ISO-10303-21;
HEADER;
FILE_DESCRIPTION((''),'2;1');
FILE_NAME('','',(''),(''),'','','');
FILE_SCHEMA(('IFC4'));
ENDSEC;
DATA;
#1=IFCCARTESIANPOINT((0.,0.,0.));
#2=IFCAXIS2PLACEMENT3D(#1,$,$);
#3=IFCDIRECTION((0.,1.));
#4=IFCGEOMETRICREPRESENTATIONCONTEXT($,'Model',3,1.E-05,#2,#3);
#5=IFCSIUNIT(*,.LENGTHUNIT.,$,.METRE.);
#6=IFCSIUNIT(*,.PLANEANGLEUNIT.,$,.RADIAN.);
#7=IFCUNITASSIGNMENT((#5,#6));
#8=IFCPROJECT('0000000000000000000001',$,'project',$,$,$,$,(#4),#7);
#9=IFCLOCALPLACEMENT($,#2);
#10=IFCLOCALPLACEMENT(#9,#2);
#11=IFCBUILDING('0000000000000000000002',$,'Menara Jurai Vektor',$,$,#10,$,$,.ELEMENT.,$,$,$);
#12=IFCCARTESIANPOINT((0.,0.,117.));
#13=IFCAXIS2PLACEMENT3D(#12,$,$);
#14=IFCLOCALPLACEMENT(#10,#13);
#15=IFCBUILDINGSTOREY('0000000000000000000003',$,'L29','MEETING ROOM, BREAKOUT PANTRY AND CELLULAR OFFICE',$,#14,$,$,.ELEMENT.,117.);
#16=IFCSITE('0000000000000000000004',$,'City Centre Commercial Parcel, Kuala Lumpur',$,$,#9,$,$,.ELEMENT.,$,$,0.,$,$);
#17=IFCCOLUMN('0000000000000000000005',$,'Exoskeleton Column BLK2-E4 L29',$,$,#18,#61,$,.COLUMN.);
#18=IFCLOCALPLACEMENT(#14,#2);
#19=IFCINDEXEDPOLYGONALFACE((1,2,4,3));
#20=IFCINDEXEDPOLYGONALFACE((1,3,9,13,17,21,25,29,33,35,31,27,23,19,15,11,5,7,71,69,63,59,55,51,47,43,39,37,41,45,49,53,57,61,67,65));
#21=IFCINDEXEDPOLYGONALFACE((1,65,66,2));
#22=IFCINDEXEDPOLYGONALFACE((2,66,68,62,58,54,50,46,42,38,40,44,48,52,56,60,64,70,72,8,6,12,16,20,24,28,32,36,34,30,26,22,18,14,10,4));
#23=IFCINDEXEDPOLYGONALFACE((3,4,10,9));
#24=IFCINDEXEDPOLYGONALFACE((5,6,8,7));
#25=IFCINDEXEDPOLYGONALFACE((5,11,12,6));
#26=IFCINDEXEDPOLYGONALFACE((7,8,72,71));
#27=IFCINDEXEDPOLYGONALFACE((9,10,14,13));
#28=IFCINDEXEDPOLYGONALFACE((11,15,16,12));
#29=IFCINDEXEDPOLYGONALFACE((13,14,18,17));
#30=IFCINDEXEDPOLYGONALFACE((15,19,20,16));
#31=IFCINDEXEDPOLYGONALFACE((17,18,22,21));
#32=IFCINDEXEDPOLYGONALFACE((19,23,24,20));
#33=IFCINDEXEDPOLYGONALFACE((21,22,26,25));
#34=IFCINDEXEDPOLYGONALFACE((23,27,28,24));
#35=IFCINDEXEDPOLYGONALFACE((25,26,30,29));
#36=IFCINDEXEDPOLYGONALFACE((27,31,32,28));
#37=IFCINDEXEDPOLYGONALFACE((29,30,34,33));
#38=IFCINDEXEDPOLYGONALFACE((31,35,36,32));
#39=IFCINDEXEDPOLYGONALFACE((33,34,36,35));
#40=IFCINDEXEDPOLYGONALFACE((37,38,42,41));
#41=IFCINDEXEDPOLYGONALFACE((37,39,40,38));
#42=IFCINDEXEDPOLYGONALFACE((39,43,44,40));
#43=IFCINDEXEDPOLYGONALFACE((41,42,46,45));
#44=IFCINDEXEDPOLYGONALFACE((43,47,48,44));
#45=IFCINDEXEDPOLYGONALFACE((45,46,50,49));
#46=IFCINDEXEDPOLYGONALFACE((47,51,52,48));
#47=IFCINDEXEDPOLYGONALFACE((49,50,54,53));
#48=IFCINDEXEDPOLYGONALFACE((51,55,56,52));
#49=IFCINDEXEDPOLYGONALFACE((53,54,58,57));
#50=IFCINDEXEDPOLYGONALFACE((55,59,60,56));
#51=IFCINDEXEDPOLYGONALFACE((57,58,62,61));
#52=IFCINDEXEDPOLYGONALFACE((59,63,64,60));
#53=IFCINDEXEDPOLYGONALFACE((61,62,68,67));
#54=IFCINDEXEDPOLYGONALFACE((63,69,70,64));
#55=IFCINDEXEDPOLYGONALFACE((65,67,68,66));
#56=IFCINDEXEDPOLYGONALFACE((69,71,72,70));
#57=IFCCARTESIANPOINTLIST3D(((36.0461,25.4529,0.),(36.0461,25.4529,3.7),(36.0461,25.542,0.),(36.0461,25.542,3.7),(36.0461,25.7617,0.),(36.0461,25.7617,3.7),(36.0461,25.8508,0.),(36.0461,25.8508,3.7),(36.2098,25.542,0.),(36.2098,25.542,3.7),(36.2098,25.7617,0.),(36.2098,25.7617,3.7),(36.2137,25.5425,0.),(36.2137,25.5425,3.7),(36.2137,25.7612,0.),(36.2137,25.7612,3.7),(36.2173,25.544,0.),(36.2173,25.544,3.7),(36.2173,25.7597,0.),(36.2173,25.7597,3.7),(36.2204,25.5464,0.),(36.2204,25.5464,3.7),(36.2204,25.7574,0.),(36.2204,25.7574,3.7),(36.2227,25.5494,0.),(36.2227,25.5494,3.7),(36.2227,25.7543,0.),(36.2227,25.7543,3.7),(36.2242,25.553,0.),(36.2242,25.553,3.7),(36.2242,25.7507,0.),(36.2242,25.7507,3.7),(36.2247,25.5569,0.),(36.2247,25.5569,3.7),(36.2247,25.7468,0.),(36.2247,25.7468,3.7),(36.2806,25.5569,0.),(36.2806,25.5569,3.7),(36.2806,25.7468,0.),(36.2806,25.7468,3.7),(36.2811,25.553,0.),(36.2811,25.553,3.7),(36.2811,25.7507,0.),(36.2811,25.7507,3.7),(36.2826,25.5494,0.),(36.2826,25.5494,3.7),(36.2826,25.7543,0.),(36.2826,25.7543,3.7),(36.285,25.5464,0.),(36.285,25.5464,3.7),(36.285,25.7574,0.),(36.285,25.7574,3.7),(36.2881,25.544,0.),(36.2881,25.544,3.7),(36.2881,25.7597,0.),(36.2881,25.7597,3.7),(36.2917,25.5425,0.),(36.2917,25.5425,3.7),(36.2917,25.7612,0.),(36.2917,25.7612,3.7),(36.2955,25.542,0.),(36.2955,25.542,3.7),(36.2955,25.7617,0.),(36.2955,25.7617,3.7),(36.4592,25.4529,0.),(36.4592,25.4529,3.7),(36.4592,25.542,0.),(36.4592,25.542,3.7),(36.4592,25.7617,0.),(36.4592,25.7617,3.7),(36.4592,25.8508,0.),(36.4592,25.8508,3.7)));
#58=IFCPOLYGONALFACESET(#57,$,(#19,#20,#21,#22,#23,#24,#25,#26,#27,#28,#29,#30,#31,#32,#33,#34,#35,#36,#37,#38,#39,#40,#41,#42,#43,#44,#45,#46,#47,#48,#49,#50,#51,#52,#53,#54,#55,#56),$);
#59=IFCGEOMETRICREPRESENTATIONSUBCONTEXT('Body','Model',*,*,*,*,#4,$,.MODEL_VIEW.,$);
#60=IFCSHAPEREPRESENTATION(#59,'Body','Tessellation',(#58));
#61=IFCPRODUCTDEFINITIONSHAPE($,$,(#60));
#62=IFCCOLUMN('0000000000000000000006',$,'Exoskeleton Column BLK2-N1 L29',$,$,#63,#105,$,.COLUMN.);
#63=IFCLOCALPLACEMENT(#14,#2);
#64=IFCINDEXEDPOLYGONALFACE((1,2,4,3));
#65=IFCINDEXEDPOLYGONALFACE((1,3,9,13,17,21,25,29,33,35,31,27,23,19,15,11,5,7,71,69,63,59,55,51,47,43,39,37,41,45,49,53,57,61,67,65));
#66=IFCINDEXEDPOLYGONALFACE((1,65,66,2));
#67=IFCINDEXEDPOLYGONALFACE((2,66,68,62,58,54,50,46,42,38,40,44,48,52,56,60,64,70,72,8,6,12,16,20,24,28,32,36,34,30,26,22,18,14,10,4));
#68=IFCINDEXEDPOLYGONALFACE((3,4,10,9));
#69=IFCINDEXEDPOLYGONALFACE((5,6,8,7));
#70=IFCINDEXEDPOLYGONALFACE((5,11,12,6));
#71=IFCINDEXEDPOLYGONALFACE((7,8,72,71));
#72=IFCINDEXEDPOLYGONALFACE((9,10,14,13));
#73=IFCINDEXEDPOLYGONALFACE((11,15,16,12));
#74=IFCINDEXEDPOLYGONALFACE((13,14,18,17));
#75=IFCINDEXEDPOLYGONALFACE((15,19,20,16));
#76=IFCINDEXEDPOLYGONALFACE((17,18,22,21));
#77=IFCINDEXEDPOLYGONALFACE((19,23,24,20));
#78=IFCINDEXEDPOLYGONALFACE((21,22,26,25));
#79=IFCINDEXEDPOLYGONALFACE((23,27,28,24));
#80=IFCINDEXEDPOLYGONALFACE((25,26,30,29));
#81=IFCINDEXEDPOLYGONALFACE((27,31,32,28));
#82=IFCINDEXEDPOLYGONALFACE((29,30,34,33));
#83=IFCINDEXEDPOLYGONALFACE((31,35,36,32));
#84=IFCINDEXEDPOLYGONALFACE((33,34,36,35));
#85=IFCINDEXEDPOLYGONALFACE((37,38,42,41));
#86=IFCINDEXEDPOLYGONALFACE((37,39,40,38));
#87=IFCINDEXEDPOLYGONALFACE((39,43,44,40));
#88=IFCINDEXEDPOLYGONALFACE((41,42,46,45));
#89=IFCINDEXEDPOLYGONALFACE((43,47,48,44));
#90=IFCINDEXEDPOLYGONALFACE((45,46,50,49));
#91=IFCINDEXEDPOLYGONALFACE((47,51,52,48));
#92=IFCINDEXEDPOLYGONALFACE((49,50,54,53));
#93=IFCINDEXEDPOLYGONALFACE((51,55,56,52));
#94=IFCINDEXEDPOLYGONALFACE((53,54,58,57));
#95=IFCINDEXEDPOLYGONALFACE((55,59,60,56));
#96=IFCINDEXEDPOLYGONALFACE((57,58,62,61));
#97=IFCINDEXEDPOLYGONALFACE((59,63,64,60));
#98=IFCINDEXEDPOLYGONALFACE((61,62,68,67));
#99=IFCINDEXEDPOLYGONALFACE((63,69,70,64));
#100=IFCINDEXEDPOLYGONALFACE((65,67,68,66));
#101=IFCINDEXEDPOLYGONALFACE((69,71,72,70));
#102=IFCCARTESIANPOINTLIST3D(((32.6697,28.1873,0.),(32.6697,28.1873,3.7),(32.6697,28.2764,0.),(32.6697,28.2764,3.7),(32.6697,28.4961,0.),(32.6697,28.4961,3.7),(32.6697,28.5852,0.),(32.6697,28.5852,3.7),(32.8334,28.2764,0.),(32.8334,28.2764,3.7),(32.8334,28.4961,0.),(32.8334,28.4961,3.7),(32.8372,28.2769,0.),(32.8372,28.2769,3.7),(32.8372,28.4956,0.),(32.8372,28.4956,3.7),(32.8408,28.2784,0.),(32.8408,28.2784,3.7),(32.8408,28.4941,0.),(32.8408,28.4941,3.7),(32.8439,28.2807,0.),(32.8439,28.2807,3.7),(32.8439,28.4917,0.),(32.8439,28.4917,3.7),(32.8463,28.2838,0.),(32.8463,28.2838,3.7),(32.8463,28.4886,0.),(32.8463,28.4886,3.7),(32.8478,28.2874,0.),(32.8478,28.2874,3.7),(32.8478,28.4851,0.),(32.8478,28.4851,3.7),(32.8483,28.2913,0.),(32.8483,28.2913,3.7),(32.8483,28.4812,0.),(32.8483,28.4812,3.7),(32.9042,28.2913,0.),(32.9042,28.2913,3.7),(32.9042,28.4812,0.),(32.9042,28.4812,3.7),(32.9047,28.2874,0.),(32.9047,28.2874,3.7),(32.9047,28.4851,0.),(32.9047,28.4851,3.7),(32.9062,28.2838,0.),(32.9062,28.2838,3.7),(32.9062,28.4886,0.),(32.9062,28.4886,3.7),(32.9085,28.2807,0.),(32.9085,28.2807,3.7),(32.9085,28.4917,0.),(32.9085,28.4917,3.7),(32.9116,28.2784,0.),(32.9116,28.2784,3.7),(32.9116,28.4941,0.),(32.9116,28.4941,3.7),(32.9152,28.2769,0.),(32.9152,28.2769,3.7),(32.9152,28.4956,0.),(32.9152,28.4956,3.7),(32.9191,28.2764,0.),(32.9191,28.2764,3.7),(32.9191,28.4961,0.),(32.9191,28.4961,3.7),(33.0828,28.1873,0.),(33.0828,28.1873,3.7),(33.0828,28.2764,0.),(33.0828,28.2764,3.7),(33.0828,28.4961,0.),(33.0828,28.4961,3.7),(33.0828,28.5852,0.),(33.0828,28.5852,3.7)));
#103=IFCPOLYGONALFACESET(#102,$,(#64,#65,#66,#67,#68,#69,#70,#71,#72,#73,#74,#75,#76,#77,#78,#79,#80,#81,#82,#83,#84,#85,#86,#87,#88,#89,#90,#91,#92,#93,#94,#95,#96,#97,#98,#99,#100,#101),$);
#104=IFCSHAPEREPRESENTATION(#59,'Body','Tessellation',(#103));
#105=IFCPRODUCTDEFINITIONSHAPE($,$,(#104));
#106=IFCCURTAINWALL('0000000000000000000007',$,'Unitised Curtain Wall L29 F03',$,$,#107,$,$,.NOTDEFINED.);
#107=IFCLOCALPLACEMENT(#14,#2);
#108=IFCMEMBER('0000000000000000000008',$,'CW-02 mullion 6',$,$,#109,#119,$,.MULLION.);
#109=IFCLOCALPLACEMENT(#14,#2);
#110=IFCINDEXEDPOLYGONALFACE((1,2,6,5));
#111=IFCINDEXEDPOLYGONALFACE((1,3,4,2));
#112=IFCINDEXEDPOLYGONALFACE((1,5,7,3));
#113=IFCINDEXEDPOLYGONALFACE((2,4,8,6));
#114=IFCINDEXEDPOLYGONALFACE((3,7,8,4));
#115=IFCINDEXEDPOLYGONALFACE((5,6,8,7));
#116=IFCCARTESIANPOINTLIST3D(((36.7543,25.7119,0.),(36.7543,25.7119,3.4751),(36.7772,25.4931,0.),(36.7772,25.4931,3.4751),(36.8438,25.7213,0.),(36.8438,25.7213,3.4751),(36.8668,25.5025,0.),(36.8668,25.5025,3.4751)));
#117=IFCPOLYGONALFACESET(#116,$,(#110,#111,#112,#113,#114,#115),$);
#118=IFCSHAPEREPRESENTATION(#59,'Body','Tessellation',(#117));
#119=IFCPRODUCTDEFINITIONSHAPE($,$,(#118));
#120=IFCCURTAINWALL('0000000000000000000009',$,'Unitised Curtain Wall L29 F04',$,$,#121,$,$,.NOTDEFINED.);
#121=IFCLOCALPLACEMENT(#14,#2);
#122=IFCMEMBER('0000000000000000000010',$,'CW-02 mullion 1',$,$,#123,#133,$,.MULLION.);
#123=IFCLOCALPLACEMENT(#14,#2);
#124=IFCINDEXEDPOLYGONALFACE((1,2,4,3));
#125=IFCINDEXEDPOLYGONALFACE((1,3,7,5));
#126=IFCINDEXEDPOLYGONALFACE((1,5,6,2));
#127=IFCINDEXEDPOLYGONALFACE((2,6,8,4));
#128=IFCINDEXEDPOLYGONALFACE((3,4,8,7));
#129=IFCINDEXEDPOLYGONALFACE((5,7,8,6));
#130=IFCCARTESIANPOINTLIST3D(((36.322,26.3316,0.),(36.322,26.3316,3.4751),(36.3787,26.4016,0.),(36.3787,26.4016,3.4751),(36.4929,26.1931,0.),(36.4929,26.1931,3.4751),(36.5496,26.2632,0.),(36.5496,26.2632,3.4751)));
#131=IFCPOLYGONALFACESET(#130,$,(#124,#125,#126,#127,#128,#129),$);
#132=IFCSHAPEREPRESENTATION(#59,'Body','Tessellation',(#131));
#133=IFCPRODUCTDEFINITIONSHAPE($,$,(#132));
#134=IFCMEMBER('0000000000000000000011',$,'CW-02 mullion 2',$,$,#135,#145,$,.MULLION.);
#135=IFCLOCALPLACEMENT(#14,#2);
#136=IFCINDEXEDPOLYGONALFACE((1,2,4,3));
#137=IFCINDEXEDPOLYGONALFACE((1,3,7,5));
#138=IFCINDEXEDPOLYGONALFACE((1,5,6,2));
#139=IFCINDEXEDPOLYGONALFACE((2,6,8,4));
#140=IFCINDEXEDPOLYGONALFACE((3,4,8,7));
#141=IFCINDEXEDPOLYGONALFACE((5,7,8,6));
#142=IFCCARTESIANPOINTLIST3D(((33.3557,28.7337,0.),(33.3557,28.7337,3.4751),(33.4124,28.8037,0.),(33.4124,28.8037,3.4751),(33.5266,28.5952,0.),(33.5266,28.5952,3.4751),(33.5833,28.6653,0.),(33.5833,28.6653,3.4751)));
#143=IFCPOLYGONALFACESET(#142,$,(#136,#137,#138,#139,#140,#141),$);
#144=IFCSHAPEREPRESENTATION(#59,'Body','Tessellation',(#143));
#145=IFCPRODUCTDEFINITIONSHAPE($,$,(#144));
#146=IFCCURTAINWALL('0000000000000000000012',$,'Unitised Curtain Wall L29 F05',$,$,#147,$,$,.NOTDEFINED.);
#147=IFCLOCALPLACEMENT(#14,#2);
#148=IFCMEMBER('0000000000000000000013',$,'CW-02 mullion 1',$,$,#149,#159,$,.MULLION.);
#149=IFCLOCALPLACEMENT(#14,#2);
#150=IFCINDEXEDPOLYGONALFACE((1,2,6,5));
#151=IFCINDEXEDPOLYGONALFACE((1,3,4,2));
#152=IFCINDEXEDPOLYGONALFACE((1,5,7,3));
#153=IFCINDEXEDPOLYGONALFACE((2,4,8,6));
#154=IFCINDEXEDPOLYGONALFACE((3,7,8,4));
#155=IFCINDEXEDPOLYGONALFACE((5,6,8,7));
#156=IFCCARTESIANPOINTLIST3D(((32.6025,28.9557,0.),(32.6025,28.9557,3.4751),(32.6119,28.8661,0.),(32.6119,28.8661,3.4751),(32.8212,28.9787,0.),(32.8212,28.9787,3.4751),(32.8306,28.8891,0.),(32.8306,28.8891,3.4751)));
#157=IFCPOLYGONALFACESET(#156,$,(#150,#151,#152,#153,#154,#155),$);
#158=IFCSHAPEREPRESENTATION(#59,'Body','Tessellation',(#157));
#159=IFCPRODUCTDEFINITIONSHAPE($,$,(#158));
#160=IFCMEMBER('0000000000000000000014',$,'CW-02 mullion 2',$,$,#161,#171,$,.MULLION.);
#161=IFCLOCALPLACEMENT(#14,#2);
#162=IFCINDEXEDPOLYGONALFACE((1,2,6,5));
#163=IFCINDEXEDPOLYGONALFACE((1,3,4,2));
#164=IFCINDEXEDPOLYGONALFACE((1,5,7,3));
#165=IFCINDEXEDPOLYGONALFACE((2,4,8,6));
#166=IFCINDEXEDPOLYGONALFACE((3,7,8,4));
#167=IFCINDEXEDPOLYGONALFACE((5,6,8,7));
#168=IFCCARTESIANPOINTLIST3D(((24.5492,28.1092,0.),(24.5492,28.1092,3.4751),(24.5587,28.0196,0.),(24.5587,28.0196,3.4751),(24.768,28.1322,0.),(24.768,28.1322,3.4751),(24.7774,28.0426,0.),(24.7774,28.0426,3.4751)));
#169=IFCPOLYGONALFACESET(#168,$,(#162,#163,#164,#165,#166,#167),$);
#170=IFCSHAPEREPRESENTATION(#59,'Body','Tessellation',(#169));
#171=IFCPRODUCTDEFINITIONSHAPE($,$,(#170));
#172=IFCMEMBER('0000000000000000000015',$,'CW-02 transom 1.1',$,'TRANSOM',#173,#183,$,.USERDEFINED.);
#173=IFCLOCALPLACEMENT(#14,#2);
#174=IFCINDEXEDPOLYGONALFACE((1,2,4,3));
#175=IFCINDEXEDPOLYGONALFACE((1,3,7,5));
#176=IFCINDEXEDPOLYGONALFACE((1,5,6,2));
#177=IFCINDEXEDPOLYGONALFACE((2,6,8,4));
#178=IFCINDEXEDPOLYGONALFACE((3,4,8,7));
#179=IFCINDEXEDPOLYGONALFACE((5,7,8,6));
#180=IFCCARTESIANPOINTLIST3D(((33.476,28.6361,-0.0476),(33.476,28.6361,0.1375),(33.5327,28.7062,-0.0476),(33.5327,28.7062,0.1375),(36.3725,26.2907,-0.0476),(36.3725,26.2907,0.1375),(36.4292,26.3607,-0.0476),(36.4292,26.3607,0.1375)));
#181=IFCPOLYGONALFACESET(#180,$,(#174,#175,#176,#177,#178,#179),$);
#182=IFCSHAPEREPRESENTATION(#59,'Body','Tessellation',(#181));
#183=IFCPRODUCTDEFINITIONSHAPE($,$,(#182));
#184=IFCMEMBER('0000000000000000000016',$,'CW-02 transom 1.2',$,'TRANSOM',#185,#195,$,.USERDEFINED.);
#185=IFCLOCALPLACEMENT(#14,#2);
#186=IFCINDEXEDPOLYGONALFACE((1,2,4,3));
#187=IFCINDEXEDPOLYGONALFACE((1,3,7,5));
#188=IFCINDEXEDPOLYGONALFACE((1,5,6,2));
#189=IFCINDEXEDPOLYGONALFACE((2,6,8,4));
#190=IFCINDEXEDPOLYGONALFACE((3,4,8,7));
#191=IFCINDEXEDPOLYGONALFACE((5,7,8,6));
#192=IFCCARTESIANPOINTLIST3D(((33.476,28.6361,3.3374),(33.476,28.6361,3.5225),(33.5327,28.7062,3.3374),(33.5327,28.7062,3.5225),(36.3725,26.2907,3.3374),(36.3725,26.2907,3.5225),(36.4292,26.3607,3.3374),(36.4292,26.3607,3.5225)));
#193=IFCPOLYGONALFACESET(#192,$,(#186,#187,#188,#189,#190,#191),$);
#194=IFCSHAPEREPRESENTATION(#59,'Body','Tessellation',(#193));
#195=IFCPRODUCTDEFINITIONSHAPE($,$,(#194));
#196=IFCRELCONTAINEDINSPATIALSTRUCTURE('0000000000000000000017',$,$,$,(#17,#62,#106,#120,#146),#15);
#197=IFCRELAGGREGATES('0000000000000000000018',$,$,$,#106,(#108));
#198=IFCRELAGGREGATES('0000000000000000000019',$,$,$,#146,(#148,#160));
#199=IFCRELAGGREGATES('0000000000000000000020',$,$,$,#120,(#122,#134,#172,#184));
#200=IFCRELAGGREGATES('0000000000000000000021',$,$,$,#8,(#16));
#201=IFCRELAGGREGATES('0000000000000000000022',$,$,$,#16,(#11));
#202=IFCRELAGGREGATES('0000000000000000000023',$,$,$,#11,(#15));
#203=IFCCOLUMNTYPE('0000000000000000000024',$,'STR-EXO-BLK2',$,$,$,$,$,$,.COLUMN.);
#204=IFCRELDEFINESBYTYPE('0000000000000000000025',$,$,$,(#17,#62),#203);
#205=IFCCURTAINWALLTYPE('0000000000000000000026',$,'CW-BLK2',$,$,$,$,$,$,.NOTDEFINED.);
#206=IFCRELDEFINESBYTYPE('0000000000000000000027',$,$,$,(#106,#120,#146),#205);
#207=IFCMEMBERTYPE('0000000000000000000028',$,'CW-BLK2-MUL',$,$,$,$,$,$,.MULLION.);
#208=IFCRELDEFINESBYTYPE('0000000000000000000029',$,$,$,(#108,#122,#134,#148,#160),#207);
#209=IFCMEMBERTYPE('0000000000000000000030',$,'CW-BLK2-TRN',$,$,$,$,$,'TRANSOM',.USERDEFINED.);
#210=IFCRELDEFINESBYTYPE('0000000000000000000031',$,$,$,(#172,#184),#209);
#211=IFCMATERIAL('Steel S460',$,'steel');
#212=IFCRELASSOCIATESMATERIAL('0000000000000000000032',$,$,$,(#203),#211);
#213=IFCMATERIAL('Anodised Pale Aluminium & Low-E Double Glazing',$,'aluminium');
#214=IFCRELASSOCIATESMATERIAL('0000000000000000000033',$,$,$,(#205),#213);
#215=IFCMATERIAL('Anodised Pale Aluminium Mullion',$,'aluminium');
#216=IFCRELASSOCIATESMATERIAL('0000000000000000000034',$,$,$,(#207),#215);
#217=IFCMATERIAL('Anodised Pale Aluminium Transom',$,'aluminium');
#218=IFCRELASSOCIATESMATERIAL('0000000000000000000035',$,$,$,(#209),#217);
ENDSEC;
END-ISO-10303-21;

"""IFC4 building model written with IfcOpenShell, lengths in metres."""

from ifc_helpers import new_model, si_unit, direction, frame, origin, origin_2d, place, context, subcontext, project, spatial, rectangle, i_section, extrude, material, material_profile, profile_set, type_object, element, aggregate, save


model = new_model("IFC4")

# Units and contexts
model_context = context("Model", 3, precision=1e-05, world=origin(), true_north=direction((0.0, 1.0)))
body_context = subcontext(model_context, "Body", "Model", "MODEL_VIEW")
ifc_project = project(units=[si_unit("LENGTHUNIT", "METRE"), si_unit("PLANEANGLEUNIT", "RADIAN")], contexts=[model_context])

# Site, building, storey
site_placement = place(None, origin())
site = spatial("IfcSite", under=ifc_project, at=site_placement, Name="City Centre Commercial Parcel, Kuala Lumpur", CompositionType="ELEMENT", RefElevation=0.0)
building_placement = place(site_placement, origin())
building = spatial("IfcBuilding", under=site, at=building_placement, Name="Menara Jurai Vektor", CompositionType="ELEMENT")
storey_placement = place(building_placement, frame((0.0, 0.0, 117.0)))
storey = spatial("IfcBuildingStorey", under=building, at=storey_placement, Name="L29", Description="MEETING ROOM, BREAKOUT PANTRY AND CELLULAR OFFICE", CompositionType="ELEMENT", Elevation=117.0)

# Columns
ifc_material_1 = material(Name="Steel S460", Category="steel")
ifc_material_profile_1 = material_profile(ifc_material_1, i_section(OverallWidth=0.4131, OverallDepth=0.3979, WebThickness=0.0559, FlangeThickness=0.0891, FilletRadius=0.0149, at=origin_2d()), Name="HD 400x744")
ifc_profile_set_1 = profile_set([ifc_material_profile_1], Name="Steel S460")
column_type = type_object("IfcColumnType", Name="STR-EXO-BLK2", PredefinedType="COLUMN", material=ifc_profile_set_1)
for number, where, z_axis, x_axis, name in (
    (1, (36.2527, 25.6519, 0.0), (0.0, 0.0, 1.0), (1.0, 0.0, 0.0), "Exoskeleton Column BLK2-E4 L29"),
    (2, (32.8762, 28.3862, 0.0), (0.0, 0.0, 1.0), (1.0, 0.0, 0.0), "Exoskeleton Column BLK2-N1 L29"),
):
    element("IfcColumn", number, at=place(storey_placement, frame(where, z_axis=z_axis, x_axis=x_axis)), inside=storey, type_object=column_type, Name=name, PredefinedType="COLUMN", context=body_context, shape_type="SweptSolid", body=[
        extrude(i_section(OverallWidth=0.4131, OverallDepth=0.3979, WebThickness=0.0559, FlangeThickness=0.0891, FilletRadius=0.0149, at=origin_2d()), origin(), (0.0, 0.0, 1.0), 3.7),
    ])

# Curtain wall, member
ifc_material_2 = material(Name="Anodised Pale Aluminium & Low-E Double Glazing", Category="aluminium")
curtain_wall_type = type_object("IfcCurtainWallType", Name="CW-BLK2", PredefinedType="NOTDEFINED", material=ifc_material_2)
curtain_wall_1_placement = place(storey_placement, origin())
curtain_wall_1 = element("IfcCurtainWall", 3, at=curtain_wall_1_placement, inside=storey, type_object=curtain_wall_type, Name="Unitised Curtain Wall L29 F03", PredefinedType="NOTDEFINED")
ifc_material_3 = material(Name="Anodised Pale Aluminium Mullion", Category="aluminium")
ifc_material_profile_2 = material_profile(ifc_material_3, rectangle(XDim=0.0901, YDim=0.22, at=origin_2d()), Name="ALU MUL 90x220")
ifc_profile_set_2 = profile_set([ifc_material_profile_2], Name="Anodised Pale Aluminium Mullion")
member_type_1 = type_object("IfcMemberType", Name="CW-BLK2-MUL", PredefinedType="MULLION", material=ifc_profile_set_2)
member_1_placement = place(storey_placement, frame((36.8105, 25.6072, 0.0), z_axis=(0.0, 0.0, 1.0), x_axis=(-0.994522, -0.10453, 0.0)))
member_1 = element("IfcMember", 4, at=member_1_placement, type_object=member_type_1, Name="CW-02 mullion 6", PredefinedType="MULLION", context=body_context, shape_type="SweptSolid", body=[
    extrude(rectangle(XDim=0.0901, YDim=0.22, at=origin_2d()), origin(), (0.0, 0.0, 1.0), 3.4751),
])
aggregate(curtain_wall_1, [member_1])

# Curtain walls, members
curtain_wall_2_placement = place(storey_placement, origin())
curtain_wall_2 = element("IfcCurtainWall", 5, at=curtain_wall_2_placement, inside=storey, type_object=curtain_wall_type, Name="Unitised Curtain Wall L29 F04", PredefinedType="NOTDEFINED")
member_2_placement = place(storey_placement, frame((36.4358, 26.2974, 0.0), z_axis=(0.0, 0.0, 1.0), x_axis=(-0.629313, -0.777152, 0.0)))
member_2 = element("IfcMember", 6, at=member_2_placement, type_object=member_type_1, Name="CW-02 mullion 1", PredefinedType="MULLION", context=body_context, shape_type="SweptSolid", body=[
    extrude(rectangle(XDim=0.0901, YDim=0.22, at=origin_2d()), origin(), (0.0, 0.0, 1.0), 3.4751),
])
member_3_placement = place(storey_placement, frame((33.4695, 28.6995, 0.0), z_axis=(0.0, 0.0, 1.0), x_axis=(-0.629313, -0.777152, 0.0)))
member_3 = element("IfcMember", 7, at=member_3_placement, type_object=member_type_1, Name="CW-02 mullion 2", PredefinedType="MULLION", context=body_context, shape_type="SweptSolid", body=[
    extrude(rectangle(XDim=0.0901, YDim=0.22, at=origin_2d()), origin(), (0.0, 0.0, 1.0), 3.4751),
])
curtain_wall_3_placement = place(storey_placement, origin())
curtain_wall_3 = element("IfcCurtainWall", 8, at=curtain_wall_3_placement, inside=storey, type_object=curtain_wall_type, Name="Unitised Curtain Wall L29 F05", PredefinedType="NOTDEFINED")
member_4_placement = place(storey_placement, frame((32.7166, 28.9224, 0.0), z_axis=(0.0, 0.0, 1.0), x_axis=(0.104529, -0.994522, 0.0)))
member_4 = element("IfcMember", 9, at=member_4_placement, type_object=member_type_1, Name="CW-02 mullion 1", PredefinedType="MULLION", context=body_context, shape_type="SweptSolid", body=[
    extrude(rectangle(XDim=0.0901, YDim=0.22, at=origin_2d()), origin(), (0.0, 0.0, 1.0), 3.4751),
])
member_5_placement = place(storey_placement, frame((24.6633, 28.0759, 0.0), z_axis=(0.0, 0.0, 1.0), x_axis=(0.104529, -0.994522, 0.0)))
member_5 = element("IfcMember", 10, at=member_5_placement, type_object=member_type_1, Name="CW-02 mullion 2", PredefinedType="MULLION", context=body_context, shape_type="SweptSolid", body=[
    extrude(rectangle(XDim=0.0901, YDim=0.22, at=origin_2d()), origin(), (0.0, 0.0, 1.0), 3.4751),
])

# Members
ifc_material_4 = material(Name="Anodised Pale Aluminium Transom", Category="aluminium")
ifc_material_profile_3 = material_profile(ifc_material_4, rectangle(XDim=0.0901, YDim=0.1851, at=origin_2d()), Name="ALU TRN 90x185")
ifc_profile_set_3 = profile_set([ifc_material_profile_3], Name="Anodised Pale Aluminium Transom")
member_type_2 = type_object("IfcMemberType", Name="CW-BLK2-TRN", ElementType="TRANSOM", PredefinedType="USERDEFINED", material=ifc_profile_set_3)
member_6_placement = place(storey_placement, frame((36.4009, 26.3257, 0.0449), z_axis=(-0.777155, 0.629309, 0.0), x_axis=(-0.629309, -0.777155, 0.0)))
member_6 = element("IfcMember", 11, at=member_6_placement, type_object=member_type_2, Name="CW-02 transom 1.1", ObjectType="TRANSOM", PredefinedType="USERDEFINED", context=body_context, shape_type="SweptSolid", body=[
    extrude(rectangle(XDim=0.0901, YDim=0.1851, at=origin_2d()), origin(), (0.0, 0.0, 1.0), 3.7271),
])
member_7_placement = place(storey_placement, frame((36.4009, 26.3257, 3.4299), z_axis=(-0.777155, 0.629309, 0.0), x_axis=(-0.629309, -0.777155, 0.0)))
member_7 = element("IfcMember", 12, at=member_7_placement, type_object=member_type_2, Name="CW-02 transom 1.2", ObjectType="TRANSOM", PredefinedType="USERDEFINED", context=body_context, shape_type="SweptSolid", body=[
    extrude(rectangle(XDim=0.0901, YDim=0.1851, at=origin_2d()), origin(), (0.0, 0.0, 1.0), 3.7271),
])

aggregate(curtain_wall_3, [member_4, member_5])
aggregate(curtain_wall_2, [member_2, member_3, member_6, member_7])

save(model, "model.ifc")
